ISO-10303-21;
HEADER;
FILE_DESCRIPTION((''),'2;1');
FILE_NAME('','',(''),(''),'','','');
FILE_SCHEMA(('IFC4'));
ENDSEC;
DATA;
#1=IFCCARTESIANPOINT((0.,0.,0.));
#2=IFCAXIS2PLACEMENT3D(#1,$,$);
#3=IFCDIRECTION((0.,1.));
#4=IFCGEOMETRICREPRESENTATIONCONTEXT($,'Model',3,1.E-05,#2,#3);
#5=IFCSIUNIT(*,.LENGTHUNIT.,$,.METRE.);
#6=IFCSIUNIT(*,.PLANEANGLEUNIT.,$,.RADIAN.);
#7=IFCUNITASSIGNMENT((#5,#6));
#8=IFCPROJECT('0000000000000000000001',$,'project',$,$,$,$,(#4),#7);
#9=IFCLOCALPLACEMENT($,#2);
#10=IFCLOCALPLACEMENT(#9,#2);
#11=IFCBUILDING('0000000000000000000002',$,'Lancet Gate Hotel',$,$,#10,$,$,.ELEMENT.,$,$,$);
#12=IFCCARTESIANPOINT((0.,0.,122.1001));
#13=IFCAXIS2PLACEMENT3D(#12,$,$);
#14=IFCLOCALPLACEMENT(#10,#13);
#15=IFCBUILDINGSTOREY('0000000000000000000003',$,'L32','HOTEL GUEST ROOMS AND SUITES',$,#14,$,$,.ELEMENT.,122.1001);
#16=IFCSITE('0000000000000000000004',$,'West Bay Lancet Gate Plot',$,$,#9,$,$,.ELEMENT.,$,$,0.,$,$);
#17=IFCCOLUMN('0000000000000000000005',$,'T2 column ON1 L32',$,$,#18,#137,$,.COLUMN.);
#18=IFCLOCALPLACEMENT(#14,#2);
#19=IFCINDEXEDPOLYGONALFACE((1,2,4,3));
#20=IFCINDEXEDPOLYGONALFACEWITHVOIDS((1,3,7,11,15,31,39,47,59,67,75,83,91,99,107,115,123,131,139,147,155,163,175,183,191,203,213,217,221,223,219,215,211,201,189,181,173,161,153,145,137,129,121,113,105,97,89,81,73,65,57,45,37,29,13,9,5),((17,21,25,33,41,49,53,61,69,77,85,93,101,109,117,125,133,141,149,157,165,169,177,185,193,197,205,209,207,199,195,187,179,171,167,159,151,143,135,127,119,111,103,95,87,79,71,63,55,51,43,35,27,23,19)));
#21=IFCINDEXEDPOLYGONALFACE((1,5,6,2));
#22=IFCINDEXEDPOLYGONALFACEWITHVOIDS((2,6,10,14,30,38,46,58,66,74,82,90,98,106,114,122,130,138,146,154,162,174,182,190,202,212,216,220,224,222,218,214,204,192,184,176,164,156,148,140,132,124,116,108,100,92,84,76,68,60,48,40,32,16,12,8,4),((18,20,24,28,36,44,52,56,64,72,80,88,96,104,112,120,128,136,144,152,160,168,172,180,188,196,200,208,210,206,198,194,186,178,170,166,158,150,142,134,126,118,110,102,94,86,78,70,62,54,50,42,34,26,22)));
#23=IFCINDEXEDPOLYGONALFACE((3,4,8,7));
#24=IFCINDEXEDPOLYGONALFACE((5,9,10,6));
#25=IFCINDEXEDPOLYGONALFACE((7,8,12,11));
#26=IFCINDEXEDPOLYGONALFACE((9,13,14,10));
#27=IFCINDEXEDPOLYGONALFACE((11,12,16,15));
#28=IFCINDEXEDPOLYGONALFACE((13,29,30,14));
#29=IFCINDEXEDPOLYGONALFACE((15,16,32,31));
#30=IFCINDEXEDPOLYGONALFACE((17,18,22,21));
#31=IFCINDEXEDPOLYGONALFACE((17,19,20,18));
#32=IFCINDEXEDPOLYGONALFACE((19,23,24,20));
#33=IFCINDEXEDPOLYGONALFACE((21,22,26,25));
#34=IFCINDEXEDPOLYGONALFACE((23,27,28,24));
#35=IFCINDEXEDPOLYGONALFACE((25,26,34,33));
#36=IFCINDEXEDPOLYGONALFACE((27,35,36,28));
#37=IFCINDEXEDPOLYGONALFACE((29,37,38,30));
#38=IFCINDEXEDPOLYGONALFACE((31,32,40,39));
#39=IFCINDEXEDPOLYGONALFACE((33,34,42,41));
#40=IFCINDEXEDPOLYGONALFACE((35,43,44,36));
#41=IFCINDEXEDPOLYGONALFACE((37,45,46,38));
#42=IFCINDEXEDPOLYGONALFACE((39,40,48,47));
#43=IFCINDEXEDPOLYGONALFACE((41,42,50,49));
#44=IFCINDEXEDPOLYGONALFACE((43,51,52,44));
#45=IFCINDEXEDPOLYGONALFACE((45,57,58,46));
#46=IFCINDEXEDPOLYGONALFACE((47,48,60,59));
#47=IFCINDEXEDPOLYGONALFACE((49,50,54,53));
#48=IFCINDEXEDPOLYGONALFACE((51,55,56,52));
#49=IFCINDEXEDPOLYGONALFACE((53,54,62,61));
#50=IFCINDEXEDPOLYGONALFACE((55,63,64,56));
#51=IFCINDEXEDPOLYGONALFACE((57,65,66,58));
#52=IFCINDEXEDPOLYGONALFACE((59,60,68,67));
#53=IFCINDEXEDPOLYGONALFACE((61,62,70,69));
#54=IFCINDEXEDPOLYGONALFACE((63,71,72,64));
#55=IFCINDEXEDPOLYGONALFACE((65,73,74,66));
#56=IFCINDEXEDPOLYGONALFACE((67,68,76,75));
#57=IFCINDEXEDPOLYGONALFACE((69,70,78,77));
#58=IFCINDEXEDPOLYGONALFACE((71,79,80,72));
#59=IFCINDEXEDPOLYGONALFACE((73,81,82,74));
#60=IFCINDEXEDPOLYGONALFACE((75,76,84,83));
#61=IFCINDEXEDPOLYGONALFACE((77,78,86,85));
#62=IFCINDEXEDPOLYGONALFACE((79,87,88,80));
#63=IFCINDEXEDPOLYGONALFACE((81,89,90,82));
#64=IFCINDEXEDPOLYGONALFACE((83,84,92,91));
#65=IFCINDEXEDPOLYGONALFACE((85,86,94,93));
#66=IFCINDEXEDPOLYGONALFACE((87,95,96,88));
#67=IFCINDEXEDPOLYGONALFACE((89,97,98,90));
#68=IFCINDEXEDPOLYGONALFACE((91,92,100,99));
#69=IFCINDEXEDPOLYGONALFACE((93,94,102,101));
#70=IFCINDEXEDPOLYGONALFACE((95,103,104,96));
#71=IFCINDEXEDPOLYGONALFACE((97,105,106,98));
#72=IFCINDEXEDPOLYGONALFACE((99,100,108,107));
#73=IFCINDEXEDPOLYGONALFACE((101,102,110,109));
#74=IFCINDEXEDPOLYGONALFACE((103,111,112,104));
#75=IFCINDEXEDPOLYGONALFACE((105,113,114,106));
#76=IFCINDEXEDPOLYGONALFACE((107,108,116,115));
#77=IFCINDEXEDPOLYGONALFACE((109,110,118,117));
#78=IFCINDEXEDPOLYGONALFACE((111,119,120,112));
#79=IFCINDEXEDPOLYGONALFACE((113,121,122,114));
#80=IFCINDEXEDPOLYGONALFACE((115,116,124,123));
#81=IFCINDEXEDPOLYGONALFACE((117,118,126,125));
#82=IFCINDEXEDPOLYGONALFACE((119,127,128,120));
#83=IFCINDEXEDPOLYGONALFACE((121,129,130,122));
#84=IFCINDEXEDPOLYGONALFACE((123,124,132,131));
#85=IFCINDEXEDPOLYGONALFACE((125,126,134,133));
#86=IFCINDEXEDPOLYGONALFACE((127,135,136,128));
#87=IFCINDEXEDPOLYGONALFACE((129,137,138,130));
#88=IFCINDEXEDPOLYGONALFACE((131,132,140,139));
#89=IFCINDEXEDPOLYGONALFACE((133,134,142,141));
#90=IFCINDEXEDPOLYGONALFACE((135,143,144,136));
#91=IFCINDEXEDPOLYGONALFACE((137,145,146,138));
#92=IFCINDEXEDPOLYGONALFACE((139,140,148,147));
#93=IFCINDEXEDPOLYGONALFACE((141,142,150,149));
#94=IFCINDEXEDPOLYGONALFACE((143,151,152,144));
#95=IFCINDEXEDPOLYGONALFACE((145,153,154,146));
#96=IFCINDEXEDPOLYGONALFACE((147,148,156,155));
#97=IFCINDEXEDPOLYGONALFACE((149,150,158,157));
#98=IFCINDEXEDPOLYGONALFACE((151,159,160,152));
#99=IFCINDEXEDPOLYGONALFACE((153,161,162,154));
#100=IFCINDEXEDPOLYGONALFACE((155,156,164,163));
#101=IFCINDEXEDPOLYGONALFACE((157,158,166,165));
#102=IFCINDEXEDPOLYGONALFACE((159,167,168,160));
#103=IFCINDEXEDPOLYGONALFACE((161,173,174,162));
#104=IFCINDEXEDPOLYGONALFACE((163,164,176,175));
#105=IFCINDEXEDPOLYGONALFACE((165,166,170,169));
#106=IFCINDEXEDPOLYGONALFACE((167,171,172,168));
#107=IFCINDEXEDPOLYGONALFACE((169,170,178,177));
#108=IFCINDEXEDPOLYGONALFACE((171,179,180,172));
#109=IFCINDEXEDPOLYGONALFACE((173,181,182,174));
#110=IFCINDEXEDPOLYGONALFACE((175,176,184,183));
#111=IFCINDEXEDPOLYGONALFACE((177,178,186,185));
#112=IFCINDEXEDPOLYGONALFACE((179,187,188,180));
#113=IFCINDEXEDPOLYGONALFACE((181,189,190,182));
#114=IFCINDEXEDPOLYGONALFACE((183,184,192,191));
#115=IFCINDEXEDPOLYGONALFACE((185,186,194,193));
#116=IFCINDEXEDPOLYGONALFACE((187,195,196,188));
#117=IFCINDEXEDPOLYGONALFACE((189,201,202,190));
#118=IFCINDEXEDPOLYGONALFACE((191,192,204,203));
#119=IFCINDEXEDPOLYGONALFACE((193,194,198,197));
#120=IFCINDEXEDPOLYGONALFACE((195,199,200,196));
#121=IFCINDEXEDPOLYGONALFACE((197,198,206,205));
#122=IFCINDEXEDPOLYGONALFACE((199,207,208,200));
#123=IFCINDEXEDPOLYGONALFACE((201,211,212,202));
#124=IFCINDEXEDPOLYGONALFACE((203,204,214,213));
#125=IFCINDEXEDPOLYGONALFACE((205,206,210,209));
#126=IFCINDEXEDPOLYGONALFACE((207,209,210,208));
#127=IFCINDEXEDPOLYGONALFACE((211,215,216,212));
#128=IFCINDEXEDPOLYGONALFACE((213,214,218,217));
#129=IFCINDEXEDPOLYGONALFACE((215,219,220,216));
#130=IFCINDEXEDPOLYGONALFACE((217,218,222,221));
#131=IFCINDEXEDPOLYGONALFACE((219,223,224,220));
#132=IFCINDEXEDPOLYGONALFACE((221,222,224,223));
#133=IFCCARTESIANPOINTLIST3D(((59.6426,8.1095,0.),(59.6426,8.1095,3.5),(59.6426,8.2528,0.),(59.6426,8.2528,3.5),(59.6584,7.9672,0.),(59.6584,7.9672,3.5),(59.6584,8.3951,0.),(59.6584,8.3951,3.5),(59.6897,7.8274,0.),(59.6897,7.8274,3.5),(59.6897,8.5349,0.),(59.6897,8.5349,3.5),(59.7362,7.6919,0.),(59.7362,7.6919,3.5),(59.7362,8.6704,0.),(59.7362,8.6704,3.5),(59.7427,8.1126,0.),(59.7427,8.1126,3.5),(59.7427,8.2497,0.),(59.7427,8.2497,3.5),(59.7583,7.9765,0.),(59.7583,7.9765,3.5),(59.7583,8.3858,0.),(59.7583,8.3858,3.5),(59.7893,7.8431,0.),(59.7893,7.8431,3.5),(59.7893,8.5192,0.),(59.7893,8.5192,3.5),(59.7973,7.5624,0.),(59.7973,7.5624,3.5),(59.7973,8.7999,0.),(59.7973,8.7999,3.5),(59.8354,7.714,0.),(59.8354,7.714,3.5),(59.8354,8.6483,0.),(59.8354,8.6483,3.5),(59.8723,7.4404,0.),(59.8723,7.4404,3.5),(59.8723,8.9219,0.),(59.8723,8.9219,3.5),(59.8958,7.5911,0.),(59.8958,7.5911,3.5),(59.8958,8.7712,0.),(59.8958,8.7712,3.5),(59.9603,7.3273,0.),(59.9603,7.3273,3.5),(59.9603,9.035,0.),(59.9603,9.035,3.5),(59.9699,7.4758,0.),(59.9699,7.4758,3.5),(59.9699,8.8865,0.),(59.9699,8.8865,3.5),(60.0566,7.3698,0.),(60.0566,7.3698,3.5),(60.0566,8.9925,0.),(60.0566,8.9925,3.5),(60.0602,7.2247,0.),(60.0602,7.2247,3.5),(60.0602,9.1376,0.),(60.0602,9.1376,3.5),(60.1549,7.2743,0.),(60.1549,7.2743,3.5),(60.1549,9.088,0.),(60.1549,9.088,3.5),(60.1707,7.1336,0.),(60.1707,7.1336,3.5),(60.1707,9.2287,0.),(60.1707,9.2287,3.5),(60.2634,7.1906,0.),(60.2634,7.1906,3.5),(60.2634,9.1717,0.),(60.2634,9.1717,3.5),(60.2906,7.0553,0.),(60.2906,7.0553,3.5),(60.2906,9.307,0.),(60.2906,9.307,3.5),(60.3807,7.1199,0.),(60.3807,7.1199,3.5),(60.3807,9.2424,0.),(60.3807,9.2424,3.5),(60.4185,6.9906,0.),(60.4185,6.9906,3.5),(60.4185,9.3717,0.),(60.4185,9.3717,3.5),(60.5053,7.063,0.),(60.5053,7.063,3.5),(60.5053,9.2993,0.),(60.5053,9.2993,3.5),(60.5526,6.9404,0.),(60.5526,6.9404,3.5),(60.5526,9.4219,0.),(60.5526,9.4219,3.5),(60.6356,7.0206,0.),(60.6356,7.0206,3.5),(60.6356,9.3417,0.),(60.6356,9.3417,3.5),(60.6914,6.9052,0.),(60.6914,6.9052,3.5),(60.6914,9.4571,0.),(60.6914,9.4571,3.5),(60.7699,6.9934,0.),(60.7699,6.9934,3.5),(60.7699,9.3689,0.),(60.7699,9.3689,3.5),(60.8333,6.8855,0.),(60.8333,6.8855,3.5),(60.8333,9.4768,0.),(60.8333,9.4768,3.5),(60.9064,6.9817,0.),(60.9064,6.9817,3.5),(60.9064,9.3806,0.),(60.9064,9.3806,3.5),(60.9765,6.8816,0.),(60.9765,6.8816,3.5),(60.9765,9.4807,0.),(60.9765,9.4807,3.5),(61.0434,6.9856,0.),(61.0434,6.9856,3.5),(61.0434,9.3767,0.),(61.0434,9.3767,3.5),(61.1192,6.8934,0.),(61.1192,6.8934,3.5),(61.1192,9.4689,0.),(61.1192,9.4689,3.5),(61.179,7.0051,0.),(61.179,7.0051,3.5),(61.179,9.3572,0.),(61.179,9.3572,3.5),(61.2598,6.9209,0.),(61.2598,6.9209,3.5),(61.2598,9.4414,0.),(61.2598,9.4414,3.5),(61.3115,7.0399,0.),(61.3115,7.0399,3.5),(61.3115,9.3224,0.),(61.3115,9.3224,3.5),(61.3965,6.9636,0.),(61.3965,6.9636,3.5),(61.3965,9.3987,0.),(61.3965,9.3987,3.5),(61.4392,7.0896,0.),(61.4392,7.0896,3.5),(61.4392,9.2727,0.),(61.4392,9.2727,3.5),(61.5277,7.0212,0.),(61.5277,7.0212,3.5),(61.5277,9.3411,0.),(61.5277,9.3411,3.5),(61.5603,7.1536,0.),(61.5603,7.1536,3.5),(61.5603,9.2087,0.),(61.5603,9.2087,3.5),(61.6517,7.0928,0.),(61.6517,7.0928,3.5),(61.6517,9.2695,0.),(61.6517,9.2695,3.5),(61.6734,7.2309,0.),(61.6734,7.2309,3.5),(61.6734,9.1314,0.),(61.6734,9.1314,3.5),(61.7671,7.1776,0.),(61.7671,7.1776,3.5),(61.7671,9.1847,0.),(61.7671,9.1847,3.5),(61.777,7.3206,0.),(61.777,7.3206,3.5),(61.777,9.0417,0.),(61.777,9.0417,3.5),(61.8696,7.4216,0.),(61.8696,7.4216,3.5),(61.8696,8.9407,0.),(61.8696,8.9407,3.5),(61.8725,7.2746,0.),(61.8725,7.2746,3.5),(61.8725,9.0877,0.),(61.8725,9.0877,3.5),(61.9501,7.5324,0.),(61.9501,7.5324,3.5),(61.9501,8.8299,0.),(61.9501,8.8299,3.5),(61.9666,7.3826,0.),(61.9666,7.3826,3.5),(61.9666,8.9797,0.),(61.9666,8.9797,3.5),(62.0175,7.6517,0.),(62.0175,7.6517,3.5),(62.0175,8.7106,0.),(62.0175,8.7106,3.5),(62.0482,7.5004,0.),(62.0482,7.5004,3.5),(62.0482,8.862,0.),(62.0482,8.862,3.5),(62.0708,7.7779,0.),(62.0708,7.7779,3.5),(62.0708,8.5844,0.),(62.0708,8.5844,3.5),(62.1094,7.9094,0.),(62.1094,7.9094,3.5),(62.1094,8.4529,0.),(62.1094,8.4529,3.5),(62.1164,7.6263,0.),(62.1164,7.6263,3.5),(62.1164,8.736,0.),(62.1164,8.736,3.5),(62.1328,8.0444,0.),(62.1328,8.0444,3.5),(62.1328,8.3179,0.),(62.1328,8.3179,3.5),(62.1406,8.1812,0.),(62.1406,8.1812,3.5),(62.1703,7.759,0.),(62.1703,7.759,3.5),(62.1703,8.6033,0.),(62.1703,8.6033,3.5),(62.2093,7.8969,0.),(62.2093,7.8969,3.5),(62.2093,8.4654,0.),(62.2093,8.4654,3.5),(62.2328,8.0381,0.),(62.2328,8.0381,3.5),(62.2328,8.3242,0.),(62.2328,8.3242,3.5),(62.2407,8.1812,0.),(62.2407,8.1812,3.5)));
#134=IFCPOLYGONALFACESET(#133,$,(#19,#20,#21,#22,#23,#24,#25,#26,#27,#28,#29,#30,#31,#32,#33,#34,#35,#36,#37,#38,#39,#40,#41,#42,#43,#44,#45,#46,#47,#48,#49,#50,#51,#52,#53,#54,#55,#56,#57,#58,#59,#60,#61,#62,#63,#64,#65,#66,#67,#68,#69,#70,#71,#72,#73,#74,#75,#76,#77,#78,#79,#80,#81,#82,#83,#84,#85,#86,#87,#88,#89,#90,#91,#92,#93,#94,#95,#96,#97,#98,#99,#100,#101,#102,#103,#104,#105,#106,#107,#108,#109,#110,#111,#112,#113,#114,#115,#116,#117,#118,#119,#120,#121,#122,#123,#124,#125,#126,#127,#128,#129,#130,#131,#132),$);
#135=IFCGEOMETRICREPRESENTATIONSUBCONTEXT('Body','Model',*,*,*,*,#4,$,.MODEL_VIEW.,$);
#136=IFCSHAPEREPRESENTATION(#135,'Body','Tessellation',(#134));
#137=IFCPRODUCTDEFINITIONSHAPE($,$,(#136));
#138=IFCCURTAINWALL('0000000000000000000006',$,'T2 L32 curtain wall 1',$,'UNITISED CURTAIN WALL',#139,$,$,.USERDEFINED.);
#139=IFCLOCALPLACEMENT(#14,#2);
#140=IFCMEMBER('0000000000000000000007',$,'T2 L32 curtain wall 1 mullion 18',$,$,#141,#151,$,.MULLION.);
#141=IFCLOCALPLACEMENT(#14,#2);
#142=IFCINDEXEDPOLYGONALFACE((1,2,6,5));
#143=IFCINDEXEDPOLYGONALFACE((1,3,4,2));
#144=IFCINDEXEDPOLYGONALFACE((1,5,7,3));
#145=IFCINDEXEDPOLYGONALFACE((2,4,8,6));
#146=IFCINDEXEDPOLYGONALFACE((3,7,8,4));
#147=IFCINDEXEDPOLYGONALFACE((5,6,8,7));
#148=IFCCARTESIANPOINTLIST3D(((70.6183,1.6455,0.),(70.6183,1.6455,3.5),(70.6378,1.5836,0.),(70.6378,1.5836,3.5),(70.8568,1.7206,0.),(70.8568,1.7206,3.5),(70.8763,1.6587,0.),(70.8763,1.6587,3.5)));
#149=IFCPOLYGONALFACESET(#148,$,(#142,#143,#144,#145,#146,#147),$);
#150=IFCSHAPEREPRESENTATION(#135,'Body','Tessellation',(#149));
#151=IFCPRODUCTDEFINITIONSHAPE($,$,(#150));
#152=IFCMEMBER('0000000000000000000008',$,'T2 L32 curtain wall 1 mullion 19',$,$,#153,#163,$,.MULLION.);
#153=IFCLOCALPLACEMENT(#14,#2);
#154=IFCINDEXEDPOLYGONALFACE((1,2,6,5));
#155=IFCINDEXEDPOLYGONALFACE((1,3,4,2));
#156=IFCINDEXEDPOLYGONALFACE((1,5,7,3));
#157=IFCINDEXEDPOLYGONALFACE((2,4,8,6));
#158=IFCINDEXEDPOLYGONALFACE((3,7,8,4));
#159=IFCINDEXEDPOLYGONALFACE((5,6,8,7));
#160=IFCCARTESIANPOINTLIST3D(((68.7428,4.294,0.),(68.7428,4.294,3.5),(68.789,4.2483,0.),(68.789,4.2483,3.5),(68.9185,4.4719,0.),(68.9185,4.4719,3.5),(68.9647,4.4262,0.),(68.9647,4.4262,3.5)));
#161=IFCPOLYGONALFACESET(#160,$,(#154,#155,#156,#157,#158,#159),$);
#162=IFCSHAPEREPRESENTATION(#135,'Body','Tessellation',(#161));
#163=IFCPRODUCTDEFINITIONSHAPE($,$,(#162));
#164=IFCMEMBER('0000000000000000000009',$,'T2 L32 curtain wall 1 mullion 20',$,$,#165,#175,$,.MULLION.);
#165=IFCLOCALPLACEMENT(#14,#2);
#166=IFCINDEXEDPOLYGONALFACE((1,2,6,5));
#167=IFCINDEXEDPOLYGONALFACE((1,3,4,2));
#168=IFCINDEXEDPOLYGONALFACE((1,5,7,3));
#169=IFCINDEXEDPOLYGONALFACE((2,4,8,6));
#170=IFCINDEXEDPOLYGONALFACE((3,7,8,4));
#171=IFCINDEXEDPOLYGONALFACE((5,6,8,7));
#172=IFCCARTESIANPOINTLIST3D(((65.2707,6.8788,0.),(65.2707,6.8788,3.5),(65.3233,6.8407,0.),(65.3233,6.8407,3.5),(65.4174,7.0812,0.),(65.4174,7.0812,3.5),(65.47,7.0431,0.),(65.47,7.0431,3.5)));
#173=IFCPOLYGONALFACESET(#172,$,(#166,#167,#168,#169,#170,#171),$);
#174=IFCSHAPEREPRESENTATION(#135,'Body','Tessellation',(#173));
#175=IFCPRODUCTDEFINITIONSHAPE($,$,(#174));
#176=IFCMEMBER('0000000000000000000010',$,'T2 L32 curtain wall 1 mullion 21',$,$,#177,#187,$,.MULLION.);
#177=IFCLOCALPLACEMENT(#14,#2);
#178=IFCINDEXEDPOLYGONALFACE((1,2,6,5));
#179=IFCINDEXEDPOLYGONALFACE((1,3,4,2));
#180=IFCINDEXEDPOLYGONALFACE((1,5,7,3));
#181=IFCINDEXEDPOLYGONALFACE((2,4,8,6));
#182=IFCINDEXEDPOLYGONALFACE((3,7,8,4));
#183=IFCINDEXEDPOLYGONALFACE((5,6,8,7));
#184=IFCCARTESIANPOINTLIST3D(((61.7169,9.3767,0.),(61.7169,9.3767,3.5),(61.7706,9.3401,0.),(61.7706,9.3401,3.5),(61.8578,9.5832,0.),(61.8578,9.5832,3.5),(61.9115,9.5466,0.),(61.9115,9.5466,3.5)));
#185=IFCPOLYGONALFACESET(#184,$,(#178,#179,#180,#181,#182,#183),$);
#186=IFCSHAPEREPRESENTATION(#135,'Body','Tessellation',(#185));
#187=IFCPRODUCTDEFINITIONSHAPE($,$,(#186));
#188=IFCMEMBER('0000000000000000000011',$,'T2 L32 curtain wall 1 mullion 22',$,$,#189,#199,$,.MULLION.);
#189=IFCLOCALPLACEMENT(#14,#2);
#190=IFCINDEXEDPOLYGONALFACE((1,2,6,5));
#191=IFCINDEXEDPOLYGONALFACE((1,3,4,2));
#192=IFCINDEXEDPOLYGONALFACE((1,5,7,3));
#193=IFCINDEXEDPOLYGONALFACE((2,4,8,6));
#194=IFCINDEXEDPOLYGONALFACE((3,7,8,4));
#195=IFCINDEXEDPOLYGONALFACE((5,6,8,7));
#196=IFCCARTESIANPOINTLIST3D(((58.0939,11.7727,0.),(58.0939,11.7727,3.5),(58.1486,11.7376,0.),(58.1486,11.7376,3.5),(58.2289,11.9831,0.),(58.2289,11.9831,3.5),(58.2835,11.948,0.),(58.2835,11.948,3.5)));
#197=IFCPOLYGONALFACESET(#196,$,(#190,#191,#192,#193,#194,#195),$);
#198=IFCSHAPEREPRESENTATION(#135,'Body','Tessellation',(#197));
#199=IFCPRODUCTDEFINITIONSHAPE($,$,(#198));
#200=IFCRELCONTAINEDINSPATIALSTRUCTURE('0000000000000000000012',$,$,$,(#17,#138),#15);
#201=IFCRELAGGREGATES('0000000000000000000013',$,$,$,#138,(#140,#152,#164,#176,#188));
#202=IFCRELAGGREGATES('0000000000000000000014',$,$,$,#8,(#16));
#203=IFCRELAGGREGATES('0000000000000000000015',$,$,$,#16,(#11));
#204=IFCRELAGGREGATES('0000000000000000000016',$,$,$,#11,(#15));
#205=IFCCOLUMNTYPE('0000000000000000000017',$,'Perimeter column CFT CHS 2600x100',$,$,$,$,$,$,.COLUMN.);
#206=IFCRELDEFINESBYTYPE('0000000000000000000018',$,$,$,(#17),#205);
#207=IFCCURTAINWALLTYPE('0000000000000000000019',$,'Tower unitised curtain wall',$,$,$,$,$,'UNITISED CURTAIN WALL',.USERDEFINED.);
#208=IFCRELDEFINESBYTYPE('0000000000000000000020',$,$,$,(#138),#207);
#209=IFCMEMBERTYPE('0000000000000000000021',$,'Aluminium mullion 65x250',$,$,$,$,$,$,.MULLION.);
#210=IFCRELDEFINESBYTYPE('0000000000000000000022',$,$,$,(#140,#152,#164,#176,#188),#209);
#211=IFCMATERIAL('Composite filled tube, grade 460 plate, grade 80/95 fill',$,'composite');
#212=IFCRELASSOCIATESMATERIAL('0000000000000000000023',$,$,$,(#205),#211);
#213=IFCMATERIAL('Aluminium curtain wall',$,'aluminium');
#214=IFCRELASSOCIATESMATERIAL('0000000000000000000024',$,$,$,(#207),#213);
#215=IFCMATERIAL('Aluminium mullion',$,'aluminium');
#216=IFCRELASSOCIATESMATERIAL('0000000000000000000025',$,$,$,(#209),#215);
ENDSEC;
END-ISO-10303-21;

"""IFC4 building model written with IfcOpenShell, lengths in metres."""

from ifc_helpers import new_model, si_unit, direction, frame, origin, origin_2d, place, context, subcontext, project, spatial, rectangle, hollow_circle, extrude, material, material_profile, profile_set, type_object, element, aggregate, save


model = new_model("IFC4")

# Units and contexts
model_context = context("Model", 3, precision=1e-05, world=origin(), true_north=direction((0.0, 1.0)))
body_context = subcontext(model_context, "Body", "Model", "MODEL_VIEW")
ifc_project = project(units=[si_unit("LENGTHUNIT", "METRE"), si_unit("PLANEANGLEUNIT", "RADIAN")], contexts=[model_context])

# Site, building, storey
site_placement = place(None, origin())
site = spatial("IfcSite", under=ifc_project, at=site_placement, Name="West Bay Lancet Gate Plot", CompositionType="ELEMENT", RefElevation=0.0)
building_placement = place(site_placement, origin())
building = spatial("IfcBuilding", under=site, at=building_placement, Name="Lancet Gate Hotel", CompositionType="ELEMENT")
storey_placement = place(building_placement, frame((0.0, 0.0, 122.1001)))
storey = spatial("IfcBuildingStorey", under=building, at=storey_placement, Name="L32", Description="HOTEL GUEST ROOMS AND SUITES", CompositionType="ELEMENT", Elevation=122.1001)

# Column
ifc_material_1 = material(Name="Composite filled tube, grade 460 plate, grade 80/95 fill", Category="composite")
ifc_material_profile_1 = material_profile(ifc_material_1, hollow_circle(Radius=1.3, WallThickness=0.1001, at=origin_2d()), Name="CHS 2600x100")
ifc_profile_set_1 = profile_set([ifc_material_profile_1], Name="Composite filled tube, grade 460 plate, grade 80/95 fill")
column_type_1 = type_object("IfcColumnType", Name="Perimeter column CFT CHS 2600x100", PredefinedType="COLUMN", material=ifc_profile_set_1)
column_1_placement = place(storey_placement, frame((60.9407, 8.1812, 0.0), z_axis=(0.0, 0.0, 1.0), x_axis=(1.0, 0.0, 0.0)))
element("IfcColumn", 1, at=column_1_placement, inside=storey, type_object=column_type_1, Name="T2 column ON1 L32", PredefinedType="COLUMN", context=body_context, shape_type="SweptSolid", body=[
    extrude(hollow_circle(Radius=1.3, WallThickness=0.1001, at=origin_2d()), origin(), (0.0, 0.0, 1.0), 3.5),
])

# Curtain wall, members
ifc_material_2 = material(Name="Aluminium curtain wall", Category="aluminium")
curtain_wall_type = type_object("IfcCurtainWallType", Name="Tower unitised curtain wall", ElementType="UNITISED CURTAIN WALL", PredefinedType="USERDEFINED", material=ifc_material_2)
curtain_wall_placement = place(storey_placement, origin())
curtain_wall = element("IfcCurtainWall", 2, at=curtain_wall_placement, inside=storey, type_object=curtain_wall_type, Name="T2 L32 curtain wall 1", ObjectType="UNITISED CURTAIN WALL", PredefinedType="USERDEFINED")
ifc_material_3 = material(Name="Aluminium mullion", Category="aluminium")
ifc_material_profile_2 = material_profile(ifc_material_3, rectangle(XDim=0.0649, YDim=0.25, at=origin_2d()), Name="MULLION 65x250")
ifc_profile_set_2 = profile_set([ifc_material_profile_2], Name="Aluminium mullion")
member_type_1 = type_object("IfcMemberType", Name="Aluminium mullion 65x250", PredefinedType="MULLION", material=ifc_profile_set_2)
member_1_placement = place(storey_placement, frame((70.7473, 1.6521, 0.0), z_axis=(0.0, 0.0, 1.0), x_axis=(-0.300385, 0.953818, 0.0)))
member_1 = element("IfcMember", 3, at=member_1_placement, type_object=member_type_1, Name="T2 L32 curtain wall 1 mullion 18", PredefinedType="MULLION", context=body_context, shape_type="SweptSolid", body=[
    extrude(rectangle(XDim=0.0649, YDim=0.25, at=origin_2d()), origin(), (0.0, 0.0, 1.0), 3.5),
])
member_2_placement = place(storey_placement, frame((68.8538, 4.3601, 0.0), z_axis=(0.0, 0.0, 1.0), x_axis=(-0.71161, 0.702574, 0.0)))
member_2 = element("IfcMember", 4, at=member_2_placement, type_object=member_type_1, Name="T2 L32 curtain wall 1 mullion 19", PredefinedType="MULLION", context=body_context, shape_type="SweptSolid", body=[
    extrude(rectangle(XDim=0.0649, YDim=0.25, at=origin_2d()), origin(), (0.0, 0.0, 1.0), 3.5),
])
member_3_placement = place(storey_placement, frame((65.3704, 6.9609, 0.0), z_axis=(0.0, 0.0, 1.0), x_axis=(-0.809729, 0.586805, 0.0)))
member_3 = element("IfcMember", 5, at=member_3_placement, type_object=member_type_1, Name="T2 L32 curtain wall 1 mullion 20", PredefinedType="MULLION", context=body_context, shape_type="SweptSolid", body=[
    extrude(rectangle(XDim=0.0649, YDim=0.25, at=origin_2d()), origin(), (0.0, 0.0, 1.0), 3.5),
])
member_4_placement = place(storey_placement, frame((61.8142, 9.4617, 0.0), z_axis=(0.0, 0.0, 1.0), x_axis=(-0.826066, 0.563574, 0.0)))
member_4 = element("IfcMember", 6, at=member_4_placement, type_object=member_type_1, Name="T2 L32 curtain wall 1 mullion 21", PredefinedType="MULLION", context=body_context, shape_type="SweptSolid", body=[
    extrude(rectangle(XDim=0.0649, YDim=0.25, at=origin_2d()), origin(), (0.0, 0.0, 1.0), 3.5),
])
member_5_placement = place(storey_placement, frame((58.1887, 11.8604, 0.0), z_axis=(0.0, 0.0, 1.0), x_axis=(-0.841736, 0.539889, 0.0)))
member_5 = element("IfcMember", 7, at=member_5_placement, type_object=member_type_1, Name="T2 L32 curtain wall 1 mullion 22", PredefinedType="MULLION", context=body_context, shape_type="SweptSolid", body=[
    extrude(rectangle(XDim=0.0649, YDim=0.25, at=origin_2d()), origin(), (0.0, 0.0, 1.0), 3.5),
])

aggregate(curtain_wall, [member_1, member_2, member_3, member_4, member_5])

save(model, "model.ifc")
